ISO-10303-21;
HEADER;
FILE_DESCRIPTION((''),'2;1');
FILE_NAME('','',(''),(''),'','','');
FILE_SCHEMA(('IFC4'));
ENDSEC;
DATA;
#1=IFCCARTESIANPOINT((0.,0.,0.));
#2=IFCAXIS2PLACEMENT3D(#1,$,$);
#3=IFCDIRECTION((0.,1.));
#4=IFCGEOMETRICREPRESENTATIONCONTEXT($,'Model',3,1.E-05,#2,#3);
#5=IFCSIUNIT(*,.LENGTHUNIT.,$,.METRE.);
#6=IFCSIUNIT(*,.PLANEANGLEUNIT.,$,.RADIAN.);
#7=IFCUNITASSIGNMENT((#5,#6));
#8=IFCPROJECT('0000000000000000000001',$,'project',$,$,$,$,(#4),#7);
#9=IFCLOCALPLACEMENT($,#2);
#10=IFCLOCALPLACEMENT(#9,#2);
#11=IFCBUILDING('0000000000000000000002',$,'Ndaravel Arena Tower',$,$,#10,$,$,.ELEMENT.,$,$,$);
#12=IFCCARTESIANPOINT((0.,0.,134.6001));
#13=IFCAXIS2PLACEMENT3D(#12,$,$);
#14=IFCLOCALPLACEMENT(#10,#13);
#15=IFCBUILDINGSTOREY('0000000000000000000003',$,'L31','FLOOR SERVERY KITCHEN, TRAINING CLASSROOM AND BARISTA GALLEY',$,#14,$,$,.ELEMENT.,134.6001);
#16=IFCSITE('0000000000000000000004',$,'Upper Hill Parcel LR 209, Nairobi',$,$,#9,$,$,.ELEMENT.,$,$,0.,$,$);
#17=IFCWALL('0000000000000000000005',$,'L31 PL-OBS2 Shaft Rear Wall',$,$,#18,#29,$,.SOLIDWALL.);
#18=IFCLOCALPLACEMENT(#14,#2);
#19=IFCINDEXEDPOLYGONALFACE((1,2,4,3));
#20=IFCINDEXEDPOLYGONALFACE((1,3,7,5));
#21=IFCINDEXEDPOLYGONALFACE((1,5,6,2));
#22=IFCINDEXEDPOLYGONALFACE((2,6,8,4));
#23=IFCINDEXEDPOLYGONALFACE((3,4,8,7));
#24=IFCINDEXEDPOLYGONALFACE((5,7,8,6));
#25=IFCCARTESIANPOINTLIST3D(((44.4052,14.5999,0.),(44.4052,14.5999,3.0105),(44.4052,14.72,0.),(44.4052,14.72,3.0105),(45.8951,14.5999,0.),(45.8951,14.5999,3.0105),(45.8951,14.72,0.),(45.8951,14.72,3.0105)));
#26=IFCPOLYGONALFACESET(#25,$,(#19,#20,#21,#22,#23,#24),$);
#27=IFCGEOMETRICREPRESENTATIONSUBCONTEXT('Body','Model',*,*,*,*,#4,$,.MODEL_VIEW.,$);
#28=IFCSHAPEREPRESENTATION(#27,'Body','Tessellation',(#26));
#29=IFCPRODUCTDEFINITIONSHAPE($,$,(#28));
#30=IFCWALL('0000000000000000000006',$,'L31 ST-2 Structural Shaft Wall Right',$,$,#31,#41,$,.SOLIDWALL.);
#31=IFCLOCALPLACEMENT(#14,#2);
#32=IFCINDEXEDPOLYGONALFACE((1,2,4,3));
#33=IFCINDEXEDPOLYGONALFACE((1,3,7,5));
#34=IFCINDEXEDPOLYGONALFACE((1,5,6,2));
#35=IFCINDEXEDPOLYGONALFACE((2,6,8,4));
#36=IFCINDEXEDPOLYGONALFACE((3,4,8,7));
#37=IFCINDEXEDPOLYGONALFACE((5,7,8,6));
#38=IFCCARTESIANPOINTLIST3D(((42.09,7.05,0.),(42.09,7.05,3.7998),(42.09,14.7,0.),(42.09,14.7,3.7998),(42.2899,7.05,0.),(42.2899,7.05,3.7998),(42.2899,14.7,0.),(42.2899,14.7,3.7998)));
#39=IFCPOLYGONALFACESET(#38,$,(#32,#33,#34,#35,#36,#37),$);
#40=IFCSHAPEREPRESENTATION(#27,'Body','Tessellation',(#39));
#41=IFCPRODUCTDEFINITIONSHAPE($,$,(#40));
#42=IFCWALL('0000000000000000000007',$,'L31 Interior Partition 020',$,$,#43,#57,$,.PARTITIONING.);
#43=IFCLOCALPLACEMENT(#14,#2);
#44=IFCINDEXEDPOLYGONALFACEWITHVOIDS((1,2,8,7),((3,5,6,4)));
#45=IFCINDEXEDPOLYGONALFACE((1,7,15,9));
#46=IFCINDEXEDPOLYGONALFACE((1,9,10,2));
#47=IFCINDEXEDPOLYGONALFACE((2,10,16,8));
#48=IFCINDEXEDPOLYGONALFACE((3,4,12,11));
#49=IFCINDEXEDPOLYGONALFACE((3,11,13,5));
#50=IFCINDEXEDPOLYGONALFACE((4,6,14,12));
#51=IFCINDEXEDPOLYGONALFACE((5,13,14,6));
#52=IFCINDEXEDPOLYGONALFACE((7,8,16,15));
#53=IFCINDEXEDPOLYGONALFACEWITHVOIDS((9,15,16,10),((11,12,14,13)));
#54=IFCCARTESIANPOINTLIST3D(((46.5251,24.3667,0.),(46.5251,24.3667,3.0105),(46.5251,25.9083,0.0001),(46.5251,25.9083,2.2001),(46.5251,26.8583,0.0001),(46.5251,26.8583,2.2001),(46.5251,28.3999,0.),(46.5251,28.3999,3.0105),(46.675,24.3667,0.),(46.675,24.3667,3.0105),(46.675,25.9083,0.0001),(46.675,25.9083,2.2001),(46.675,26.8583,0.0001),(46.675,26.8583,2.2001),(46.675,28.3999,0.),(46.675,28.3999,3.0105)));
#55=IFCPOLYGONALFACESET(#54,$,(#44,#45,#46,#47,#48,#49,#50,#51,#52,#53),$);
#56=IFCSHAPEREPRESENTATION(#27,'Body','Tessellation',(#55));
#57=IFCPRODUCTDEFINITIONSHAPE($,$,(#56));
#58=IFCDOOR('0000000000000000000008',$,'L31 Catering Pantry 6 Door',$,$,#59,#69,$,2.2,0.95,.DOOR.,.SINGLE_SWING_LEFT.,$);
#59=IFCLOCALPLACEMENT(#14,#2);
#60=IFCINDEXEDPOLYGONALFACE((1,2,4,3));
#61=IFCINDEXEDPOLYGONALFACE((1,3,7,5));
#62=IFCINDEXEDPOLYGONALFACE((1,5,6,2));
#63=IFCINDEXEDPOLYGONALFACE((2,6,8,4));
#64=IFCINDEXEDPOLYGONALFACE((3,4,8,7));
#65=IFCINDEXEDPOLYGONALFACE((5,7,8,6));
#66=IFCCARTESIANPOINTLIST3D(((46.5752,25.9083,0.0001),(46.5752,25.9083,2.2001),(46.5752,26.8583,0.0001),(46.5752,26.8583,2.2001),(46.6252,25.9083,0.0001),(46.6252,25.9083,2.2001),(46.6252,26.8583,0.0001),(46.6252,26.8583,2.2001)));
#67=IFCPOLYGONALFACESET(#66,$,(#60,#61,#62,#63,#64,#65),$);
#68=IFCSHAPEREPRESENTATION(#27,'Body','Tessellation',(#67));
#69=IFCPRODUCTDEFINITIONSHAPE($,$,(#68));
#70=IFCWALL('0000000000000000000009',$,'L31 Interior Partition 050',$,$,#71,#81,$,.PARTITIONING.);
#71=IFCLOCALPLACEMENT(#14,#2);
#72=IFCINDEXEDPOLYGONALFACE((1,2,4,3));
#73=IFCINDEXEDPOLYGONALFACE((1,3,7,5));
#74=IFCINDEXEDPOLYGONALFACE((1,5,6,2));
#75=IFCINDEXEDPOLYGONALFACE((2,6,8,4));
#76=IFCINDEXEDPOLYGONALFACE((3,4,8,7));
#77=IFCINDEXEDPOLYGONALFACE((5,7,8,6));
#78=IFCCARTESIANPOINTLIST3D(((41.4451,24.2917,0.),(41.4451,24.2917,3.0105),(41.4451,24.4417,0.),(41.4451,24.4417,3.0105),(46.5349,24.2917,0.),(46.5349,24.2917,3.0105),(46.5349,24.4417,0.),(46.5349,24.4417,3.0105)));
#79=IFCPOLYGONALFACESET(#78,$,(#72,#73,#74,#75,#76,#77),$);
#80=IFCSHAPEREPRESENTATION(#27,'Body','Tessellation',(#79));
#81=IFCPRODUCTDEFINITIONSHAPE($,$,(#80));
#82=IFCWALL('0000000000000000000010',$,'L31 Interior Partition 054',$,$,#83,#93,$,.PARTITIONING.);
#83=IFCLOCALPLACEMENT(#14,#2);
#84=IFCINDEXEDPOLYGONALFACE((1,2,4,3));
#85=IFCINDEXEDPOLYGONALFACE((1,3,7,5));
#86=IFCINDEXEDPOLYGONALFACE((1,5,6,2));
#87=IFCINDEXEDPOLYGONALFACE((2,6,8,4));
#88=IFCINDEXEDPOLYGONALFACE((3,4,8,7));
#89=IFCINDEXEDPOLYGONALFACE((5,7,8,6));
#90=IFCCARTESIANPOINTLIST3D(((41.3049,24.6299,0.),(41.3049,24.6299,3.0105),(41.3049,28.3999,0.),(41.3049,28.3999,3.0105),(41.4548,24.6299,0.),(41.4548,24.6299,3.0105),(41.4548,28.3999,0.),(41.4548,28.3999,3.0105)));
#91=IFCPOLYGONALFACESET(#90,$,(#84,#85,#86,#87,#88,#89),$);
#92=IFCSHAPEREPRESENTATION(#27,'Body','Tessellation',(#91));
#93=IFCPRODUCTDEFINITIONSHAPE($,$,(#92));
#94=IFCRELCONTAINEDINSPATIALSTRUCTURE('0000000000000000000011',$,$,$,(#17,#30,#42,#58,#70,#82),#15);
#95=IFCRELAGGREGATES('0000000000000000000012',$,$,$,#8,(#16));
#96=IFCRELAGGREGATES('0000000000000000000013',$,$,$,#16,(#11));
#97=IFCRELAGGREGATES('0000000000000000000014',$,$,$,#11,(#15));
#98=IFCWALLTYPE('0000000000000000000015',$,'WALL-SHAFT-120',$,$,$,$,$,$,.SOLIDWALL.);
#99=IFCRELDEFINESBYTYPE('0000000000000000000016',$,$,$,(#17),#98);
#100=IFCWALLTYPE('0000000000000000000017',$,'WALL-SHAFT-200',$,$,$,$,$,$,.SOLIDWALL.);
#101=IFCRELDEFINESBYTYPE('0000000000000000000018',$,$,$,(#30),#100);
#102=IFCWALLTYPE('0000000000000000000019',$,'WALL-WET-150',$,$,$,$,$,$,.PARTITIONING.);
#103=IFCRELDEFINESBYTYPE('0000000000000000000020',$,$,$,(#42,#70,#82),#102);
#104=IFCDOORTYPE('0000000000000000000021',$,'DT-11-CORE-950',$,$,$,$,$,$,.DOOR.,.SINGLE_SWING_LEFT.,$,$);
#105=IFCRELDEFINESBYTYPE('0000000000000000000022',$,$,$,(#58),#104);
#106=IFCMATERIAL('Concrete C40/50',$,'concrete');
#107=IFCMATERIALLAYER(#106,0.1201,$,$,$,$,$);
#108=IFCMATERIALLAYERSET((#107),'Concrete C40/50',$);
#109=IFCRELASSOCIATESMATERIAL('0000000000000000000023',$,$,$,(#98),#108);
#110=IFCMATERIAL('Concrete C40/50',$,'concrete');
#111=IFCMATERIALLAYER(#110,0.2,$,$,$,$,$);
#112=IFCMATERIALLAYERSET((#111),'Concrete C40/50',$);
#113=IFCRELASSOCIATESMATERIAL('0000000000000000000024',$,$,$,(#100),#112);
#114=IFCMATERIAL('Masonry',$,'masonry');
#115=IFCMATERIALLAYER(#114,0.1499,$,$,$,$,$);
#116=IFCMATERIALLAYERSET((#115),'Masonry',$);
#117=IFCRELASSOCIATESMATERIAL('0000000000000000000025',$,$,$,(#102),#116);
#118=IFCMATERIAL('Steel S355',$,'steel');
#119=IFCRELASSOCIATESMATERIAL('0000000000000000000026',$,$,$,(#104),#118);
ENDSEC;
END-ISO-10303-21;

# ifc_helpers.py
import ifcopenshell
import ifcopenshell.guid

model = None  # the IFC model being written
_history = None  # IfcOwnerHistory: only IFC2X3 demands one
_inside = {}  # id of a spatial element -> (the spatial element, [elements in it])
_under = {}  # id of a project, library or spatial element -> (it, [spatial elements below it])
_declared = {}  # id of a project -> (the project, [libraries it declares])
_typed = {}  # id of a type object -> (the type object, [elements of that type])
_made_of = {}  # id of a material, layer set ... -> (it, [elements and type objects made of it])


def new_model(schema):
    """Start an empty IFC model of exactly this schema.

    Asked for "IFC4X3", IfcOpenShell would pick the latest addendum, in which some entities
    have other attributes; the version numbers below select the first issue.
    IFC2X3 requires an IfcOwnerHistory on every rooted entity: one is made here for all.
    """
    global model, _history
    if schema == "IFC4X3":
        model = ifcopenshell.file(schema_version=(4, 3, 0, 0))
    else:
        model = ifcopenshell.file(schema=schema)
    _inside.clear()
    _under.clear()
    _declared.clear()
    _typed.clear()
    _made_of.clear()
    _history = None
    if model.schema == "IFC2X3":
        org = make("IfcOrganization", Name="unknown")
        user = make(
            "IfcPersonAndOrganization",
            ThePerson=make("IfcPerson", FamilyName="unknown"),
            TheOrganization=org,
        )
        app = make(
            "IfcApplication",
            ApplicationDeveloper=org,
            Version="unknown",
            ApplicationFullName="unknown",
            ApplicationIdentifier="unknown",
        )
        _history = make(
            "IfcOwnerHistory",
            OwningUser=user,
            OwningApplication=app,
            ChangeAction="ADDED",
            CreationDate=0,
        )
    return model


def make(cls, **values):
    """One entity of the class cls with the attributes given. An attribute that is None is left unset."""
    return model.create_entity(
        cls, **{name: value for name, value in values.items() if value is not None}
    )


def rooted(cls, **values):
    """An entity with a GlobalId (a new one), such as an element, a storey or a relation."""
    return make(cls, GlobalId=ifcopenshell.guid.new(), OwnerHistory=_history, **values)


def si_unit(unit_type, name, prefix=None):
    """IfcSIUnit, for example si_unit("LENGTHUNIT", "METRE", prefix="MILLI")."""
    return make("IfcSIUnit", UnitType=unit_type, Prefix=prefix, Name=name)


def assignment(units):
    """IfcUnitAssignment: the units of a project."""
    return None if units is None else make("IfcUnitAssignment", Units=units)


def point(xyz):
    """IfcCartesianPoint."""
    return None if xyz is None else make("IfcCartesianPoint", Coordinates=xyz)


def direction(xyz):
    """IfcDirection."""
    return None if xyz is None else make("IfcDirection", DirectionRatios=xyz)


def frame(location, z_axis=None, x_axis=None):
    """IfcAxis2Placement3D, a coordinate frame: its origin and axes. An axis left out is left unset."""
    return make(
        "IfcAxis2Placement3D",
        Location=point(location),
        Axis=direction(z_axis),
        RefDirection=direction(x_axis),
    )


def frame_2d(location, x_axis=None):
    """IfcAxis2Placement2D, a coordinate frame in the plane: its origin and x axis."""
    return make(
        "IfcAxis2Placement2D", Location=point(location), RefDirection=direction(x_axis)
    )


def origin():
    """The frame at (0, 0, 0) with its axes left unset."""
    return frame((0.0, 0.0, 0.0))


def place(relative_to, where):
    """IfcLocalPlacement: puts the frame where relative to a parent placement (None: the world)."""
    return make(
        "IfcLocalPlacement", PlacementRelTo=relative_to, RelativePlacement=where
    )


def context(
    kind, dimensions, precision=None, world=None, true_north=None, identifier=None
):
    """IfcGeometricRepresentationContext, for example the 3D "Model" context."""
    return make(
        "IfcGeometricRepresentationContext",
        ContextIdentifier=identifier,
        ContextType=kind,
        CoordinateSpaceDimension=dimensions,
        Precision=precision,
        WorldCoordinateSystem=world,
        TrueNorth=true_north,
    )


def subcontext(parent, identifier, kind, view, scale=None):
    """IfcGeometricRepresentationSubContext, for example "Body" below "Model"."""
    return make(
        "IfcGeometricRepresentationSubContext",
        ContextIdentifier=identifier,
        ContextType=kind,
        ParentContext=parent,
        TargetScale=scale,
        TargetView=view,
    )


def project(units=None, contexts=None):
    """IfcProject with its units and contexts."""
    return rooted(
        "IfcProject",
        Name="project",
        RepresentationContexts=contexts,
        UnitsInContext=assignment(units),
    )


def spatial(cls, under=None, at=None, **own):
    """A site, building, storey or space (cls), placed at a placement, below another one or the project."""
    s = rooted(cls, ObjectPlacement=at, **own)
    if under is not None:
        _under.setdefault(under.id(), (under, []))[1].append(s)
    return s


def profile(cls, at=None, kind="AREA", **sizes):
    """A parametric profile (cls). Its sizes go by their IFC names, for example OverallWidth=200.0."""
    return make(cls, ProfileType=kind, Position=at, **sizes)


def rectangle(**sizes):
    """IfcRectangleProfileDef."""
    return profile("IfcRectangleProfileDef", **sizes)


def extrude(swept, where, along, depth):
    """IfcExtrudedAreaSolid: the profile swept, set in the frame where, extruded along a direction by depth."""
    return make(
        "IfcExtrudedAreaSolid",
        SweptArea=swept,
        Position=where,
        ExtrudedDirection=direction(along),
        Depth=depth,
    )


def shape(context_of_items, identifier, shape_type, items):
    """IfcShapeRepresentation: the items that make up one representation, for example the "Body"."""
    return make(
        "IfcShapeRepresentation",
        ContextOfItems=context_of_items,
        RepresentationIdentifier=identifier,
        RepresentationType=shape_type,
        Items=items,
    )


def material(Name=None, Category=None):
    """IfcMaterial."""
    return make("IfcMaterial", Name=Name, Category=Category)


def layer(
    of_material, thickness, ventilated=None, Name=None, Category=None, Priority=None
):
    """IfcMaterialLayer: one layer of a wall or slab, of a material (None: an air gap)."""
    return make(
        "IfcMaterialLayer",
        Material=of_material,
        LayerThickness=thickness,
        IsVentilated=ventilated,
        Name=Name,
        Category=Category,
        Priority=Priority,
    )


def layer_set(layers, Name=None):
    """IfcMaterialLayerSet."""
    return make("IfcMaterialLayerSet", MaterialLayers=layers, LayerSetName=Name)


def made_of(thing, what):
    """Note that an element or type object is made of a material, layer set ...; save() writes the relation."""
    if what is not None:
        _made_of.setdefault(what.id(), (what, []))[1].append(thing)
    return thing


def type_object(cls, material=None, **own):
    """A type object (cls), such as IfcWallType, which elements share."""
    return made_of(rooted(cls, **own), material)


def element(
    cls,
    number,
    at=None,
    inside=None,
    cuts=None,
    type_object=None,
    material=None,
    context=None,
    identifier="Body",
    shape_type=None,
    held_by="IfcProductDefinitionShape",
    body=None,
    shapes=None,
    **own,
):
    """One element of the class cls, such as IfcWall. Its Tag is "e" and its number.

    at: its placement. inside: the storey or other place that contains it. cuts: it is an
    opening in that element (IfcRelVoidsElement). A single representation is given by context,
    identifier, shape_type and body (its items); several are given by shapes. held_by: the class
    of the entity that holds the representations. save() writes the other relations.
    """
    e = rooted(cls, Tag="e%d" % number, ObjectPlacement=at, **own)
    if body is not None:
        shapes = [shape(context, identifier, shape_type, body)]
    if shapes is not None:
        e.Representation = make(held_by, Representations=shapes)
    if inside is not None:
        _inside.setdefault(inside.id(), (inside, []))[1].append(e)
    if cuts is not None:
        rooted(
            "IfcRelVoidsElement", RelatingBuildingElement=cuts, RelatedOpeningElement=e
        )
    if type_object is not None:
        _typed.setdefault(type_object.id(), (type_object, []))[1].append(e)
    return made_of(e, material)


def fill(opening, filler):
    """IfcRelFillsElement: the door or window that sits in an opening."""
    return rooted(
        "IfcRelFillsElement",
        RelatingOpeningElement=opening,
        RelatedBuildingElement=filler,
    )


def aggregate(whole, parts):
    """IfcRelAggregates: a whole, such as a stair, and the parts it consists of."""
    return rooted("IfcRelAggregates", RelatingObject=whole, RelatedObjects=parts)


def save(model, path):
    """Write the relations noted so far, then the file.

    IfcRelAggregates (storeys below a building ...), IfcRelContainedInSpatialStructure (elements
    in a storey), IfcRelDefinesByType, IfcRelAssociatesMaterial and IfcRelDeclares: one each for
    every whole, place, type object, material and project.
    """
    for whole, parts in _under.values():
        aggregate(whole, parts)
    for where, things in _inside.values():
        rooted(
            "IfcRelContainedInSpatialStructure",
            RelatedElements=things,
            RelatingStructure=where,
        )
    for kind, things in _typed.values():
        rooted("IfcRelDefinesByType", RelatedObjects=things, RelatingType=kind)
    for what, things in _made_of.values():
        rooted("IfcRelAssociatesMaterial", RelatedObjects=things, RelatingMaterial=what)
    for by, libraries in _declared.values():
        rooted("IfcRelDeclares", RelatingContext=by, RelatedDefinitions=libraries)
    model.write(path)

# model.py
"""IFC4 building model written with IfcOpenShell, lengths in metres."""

from ifc_helpers import new_model, si_unit, direction, frame, frame_2d, origin, place, context, subcontext, project, spatial, rectangle, extrude, material, layer, layer_set, type_object, element, fill, save


model = new_model("IFC4")

# Units and contexts
model_context = context("Model", 3, precision=1e-05, world=origin(), true_north=direction((0.0, 1.0)))
body_context = subcontext(model_context, "Body", "Model", "MODEL_VIEW")
ifc_project = project(units=[si_unit("LENGTHUNIT", "METRE"), si_unit("PLANEANGLEUNIT", "RADIAN")], contexts=[model_context])

# Site, building, storey
site_placement = place(None, origin())
site = spatial("IfcSite", under=ifc_project, at=site_placement, Name="Upper Hill Parcel LR 209, Nairobi", CompositionType="ELEMENT", RefElevation=0.0)
building_placement = place(site_placement, origin())
building = spatial("IfcBuilding", under=site, at=building_placement, Name="Ndaravel Arena Tower", CompositionType="ELEMENT")
storey_placement = place(building_placement, frame((0.0, 0.0, 134.6001)))
storey = spatial("IfcBuildingStorey", under=building, at=storey_placement, Name="L31", Description="FLOOR SERVERY KITCHEN, TRAINING CLASSROOM AND BARISTA GALLEY", CompositionType="ELEMENT", Elevation=134.6001)

# Walls
ifc_material_1 = material(Name="Concrete C40/50", Category="concrete")
ifc_layer_1 = layer(ifc_material_1, 0.1201)
ifc_layer_set_1 = layer_set([ifc_layer_1], Name="Concrete C40/50")
wall_type_1 = type_object("IfcWallType", Name="WALL-SHAFT-120", PredefinedType="SOLIDWALL", material=ifc_layer_set_1)
for number, where, z_axis, x_axis, name in (
    (1, (44.405, 14.6599, 0.0), (0.0, 0.0, 1.0), (1.0, 0.0, 0.0), "L31 PL-OBS2 Shaft Rear Wall"),
):
    element("IfcWall", number, at=place(storey_placement, frame(where, z_axis=z_axis, x_axis=x_axis)), inside=storey, type_object=wall_type_1, Name=name, PredefinedType="SOLIDWALL", context=body_context, shape_type="SweptSolid", body=[
        extrude(rectangle(XDim=1.49, YDim=0.1201, at=frame_2d((0.7451, 0.0))), origin(), (0.0, 0.0, 1.0), 3.0105),
    ])
ifc_material_2 = material(Name="Concrete C40/50", Category="concrete")
ifc_layer_2 = layer(ifc_material_2, 0.2)
ifc_layer_set_2 = layer_set([ifc_layer_2], Name="Concrete C40/50")
wall_type_2 = type_object("IfcWallType", Name="WALL-SHAFT-200", PredefinedType="SOLIDWALL", material=ifc_layer_set_2)
wall_1_placement = place(storey_placement, frame((42.1899, 14.7, 0.0), z_axis=(0.0, 0.0, 1.0), x_axis=(0.0, -1.0, 0.0)))
element("IfcWall", 2, at=wall_1_placement, inside=storey, type_object=wall_type_2, Name="L31 ST-2 Structural Shaft Wall Right", PredefinedType="SOLIDWALL", context=body_context, shape_type="SweptSolid", body=[
    extrude(rectangle(XDim=7.6499, YDim=0.2, at=frame_2d((3.825, 0.0))), origin(), (0.0, 0.0, 1.0), 3.7998),
])

# Wall, opening, door
ifc_material_3 = material(Name="Masonry", Category="masonry")
ifc_layer_3 = layer(ifc_material_3, 0.1499)
ifc_layer_set_3 = layer_set([ifc_layer_3], Name="Masonry")
wall_type_3 = type_object("IfcWallType", Name="WALL-WET-150", PredefinedType="PARTITIONING", material=ifc_layer_set_3)
wall_2_placement = place(storey_placement, frame((46.6001, 24.3667, 0.0), z_axis=(0.0, 0.0, 1.0), x_axis=(0.0, 1.0, 0.0)))
wall_2 = element("IfcWall", 3, at=wall_2_placement, inside=storey, type_object=wall_type_3, Name="L31 Interior Partition 020", PredefinedType="PARTITIONING", context=body_context, shape_type="SweptSolid", body=[
    extrude(rectangle(XDim=4.0332, YDim=0.1499, at=frame_2d((2.0166, 0.0))), origin(), (0.0, 0.0, 1.0), 3.0105),
])
opening_1_placement = place(wall_2_placement, frame((1.5415, 0.0, 0.0)))
opening_1 = element("IfcOpeningElement", 4, at=opening_1_placement, cuts=wall_2, PredefinedType="OPENING", context=body_context, shape_type="SweptSolid", body=[
    extrude(rectangle(XDim=0.95, YDim=2.2, at=frame_2d((0.4751, 1.1001))), frame((0.0, 0.075, 0.0), z_axis=(0.0, -1.0, 0.0), x_axis=(1.0, 0.0, 0.0)), (0.0, 0.0, 1.0), 0.1499),
])
ifc_material_4 = material(Name="Steel S355", Category="steel")
door_type_1 = type_object("IfcDoorType", Name="DT-11-CORE-950", OperationType="SINGLE_SWING_LEFT", PredefinedType="DOOR", material=ifc_material_4)
door_1_placement = place(opening_1_placement, origin())
door_1 = element("IfcDoor", 5, at=door_1_placement, inside=storey, type_object=door_type_1, Name="L31 Catering Pantry 6 Door", OperationType="SINGLE_SWING_LEFT", OverallHeight=2.2, OverallWidth=0.95, PredefinedType="DOOR", context=body_context, shape_type="SweptSolid", body=[
    extrude(rectangle(XDim=0.95, YDim=2.2, at=frame_2d((0.4751, 1.1001))), frame((0.0, 0.0249, 0.0), z_axis=(0.0, -1.0, 0.0), x_axis=(1.0, 0.0, 0.0)), (0.0, 0.0, 1.0), 0.05),
])
fill(opening_1, door_1)

# Walls
wall_3_placement = place(storey_placement, frame((41.4451, 24.3667, 0.0), z_axis=(0.0, 0.0, 1.0), x_axis=(1.0, 0.0, 0.0)))
element("IfcWall", 6, at=wall_3_placement, inside=storey, type_object=wall_type_3, Name="L31 Interior Partition 050", PredefinedType="PARTITIONING", context=body_context, shape_type="SweptSolid", body=[
    extrude(rectangle(XDim=5.0898, YDim=0.1499, at=frame_2d((2.5449, 0.0))), origin(), (0.0, 0.0, 1.0), 3.0105),
])
wall_4_placement = place(storey_placement, frame((41.3799, 24.6299, 0.0), z_axis=(0.0, 0.0, 1.0), x_axis=(0.0, 1.0, 0.0)))
element("IfcWall", 7, at=wall_4_placement, inside=storey, type_object=wall_type_3, Name="L31 Interior Partition 054", PredefinedType="PARTITIONING", context=body_context, shape_type="SweptSolid", body=[
    extrude(rectangle(XDim=3.77, YDim=0.1499, at=frame_2d((1.885, 0.0))), origin(), (0.0, 0.0, 1.0), 3.0105),
])

save(model, "model.ifc")
